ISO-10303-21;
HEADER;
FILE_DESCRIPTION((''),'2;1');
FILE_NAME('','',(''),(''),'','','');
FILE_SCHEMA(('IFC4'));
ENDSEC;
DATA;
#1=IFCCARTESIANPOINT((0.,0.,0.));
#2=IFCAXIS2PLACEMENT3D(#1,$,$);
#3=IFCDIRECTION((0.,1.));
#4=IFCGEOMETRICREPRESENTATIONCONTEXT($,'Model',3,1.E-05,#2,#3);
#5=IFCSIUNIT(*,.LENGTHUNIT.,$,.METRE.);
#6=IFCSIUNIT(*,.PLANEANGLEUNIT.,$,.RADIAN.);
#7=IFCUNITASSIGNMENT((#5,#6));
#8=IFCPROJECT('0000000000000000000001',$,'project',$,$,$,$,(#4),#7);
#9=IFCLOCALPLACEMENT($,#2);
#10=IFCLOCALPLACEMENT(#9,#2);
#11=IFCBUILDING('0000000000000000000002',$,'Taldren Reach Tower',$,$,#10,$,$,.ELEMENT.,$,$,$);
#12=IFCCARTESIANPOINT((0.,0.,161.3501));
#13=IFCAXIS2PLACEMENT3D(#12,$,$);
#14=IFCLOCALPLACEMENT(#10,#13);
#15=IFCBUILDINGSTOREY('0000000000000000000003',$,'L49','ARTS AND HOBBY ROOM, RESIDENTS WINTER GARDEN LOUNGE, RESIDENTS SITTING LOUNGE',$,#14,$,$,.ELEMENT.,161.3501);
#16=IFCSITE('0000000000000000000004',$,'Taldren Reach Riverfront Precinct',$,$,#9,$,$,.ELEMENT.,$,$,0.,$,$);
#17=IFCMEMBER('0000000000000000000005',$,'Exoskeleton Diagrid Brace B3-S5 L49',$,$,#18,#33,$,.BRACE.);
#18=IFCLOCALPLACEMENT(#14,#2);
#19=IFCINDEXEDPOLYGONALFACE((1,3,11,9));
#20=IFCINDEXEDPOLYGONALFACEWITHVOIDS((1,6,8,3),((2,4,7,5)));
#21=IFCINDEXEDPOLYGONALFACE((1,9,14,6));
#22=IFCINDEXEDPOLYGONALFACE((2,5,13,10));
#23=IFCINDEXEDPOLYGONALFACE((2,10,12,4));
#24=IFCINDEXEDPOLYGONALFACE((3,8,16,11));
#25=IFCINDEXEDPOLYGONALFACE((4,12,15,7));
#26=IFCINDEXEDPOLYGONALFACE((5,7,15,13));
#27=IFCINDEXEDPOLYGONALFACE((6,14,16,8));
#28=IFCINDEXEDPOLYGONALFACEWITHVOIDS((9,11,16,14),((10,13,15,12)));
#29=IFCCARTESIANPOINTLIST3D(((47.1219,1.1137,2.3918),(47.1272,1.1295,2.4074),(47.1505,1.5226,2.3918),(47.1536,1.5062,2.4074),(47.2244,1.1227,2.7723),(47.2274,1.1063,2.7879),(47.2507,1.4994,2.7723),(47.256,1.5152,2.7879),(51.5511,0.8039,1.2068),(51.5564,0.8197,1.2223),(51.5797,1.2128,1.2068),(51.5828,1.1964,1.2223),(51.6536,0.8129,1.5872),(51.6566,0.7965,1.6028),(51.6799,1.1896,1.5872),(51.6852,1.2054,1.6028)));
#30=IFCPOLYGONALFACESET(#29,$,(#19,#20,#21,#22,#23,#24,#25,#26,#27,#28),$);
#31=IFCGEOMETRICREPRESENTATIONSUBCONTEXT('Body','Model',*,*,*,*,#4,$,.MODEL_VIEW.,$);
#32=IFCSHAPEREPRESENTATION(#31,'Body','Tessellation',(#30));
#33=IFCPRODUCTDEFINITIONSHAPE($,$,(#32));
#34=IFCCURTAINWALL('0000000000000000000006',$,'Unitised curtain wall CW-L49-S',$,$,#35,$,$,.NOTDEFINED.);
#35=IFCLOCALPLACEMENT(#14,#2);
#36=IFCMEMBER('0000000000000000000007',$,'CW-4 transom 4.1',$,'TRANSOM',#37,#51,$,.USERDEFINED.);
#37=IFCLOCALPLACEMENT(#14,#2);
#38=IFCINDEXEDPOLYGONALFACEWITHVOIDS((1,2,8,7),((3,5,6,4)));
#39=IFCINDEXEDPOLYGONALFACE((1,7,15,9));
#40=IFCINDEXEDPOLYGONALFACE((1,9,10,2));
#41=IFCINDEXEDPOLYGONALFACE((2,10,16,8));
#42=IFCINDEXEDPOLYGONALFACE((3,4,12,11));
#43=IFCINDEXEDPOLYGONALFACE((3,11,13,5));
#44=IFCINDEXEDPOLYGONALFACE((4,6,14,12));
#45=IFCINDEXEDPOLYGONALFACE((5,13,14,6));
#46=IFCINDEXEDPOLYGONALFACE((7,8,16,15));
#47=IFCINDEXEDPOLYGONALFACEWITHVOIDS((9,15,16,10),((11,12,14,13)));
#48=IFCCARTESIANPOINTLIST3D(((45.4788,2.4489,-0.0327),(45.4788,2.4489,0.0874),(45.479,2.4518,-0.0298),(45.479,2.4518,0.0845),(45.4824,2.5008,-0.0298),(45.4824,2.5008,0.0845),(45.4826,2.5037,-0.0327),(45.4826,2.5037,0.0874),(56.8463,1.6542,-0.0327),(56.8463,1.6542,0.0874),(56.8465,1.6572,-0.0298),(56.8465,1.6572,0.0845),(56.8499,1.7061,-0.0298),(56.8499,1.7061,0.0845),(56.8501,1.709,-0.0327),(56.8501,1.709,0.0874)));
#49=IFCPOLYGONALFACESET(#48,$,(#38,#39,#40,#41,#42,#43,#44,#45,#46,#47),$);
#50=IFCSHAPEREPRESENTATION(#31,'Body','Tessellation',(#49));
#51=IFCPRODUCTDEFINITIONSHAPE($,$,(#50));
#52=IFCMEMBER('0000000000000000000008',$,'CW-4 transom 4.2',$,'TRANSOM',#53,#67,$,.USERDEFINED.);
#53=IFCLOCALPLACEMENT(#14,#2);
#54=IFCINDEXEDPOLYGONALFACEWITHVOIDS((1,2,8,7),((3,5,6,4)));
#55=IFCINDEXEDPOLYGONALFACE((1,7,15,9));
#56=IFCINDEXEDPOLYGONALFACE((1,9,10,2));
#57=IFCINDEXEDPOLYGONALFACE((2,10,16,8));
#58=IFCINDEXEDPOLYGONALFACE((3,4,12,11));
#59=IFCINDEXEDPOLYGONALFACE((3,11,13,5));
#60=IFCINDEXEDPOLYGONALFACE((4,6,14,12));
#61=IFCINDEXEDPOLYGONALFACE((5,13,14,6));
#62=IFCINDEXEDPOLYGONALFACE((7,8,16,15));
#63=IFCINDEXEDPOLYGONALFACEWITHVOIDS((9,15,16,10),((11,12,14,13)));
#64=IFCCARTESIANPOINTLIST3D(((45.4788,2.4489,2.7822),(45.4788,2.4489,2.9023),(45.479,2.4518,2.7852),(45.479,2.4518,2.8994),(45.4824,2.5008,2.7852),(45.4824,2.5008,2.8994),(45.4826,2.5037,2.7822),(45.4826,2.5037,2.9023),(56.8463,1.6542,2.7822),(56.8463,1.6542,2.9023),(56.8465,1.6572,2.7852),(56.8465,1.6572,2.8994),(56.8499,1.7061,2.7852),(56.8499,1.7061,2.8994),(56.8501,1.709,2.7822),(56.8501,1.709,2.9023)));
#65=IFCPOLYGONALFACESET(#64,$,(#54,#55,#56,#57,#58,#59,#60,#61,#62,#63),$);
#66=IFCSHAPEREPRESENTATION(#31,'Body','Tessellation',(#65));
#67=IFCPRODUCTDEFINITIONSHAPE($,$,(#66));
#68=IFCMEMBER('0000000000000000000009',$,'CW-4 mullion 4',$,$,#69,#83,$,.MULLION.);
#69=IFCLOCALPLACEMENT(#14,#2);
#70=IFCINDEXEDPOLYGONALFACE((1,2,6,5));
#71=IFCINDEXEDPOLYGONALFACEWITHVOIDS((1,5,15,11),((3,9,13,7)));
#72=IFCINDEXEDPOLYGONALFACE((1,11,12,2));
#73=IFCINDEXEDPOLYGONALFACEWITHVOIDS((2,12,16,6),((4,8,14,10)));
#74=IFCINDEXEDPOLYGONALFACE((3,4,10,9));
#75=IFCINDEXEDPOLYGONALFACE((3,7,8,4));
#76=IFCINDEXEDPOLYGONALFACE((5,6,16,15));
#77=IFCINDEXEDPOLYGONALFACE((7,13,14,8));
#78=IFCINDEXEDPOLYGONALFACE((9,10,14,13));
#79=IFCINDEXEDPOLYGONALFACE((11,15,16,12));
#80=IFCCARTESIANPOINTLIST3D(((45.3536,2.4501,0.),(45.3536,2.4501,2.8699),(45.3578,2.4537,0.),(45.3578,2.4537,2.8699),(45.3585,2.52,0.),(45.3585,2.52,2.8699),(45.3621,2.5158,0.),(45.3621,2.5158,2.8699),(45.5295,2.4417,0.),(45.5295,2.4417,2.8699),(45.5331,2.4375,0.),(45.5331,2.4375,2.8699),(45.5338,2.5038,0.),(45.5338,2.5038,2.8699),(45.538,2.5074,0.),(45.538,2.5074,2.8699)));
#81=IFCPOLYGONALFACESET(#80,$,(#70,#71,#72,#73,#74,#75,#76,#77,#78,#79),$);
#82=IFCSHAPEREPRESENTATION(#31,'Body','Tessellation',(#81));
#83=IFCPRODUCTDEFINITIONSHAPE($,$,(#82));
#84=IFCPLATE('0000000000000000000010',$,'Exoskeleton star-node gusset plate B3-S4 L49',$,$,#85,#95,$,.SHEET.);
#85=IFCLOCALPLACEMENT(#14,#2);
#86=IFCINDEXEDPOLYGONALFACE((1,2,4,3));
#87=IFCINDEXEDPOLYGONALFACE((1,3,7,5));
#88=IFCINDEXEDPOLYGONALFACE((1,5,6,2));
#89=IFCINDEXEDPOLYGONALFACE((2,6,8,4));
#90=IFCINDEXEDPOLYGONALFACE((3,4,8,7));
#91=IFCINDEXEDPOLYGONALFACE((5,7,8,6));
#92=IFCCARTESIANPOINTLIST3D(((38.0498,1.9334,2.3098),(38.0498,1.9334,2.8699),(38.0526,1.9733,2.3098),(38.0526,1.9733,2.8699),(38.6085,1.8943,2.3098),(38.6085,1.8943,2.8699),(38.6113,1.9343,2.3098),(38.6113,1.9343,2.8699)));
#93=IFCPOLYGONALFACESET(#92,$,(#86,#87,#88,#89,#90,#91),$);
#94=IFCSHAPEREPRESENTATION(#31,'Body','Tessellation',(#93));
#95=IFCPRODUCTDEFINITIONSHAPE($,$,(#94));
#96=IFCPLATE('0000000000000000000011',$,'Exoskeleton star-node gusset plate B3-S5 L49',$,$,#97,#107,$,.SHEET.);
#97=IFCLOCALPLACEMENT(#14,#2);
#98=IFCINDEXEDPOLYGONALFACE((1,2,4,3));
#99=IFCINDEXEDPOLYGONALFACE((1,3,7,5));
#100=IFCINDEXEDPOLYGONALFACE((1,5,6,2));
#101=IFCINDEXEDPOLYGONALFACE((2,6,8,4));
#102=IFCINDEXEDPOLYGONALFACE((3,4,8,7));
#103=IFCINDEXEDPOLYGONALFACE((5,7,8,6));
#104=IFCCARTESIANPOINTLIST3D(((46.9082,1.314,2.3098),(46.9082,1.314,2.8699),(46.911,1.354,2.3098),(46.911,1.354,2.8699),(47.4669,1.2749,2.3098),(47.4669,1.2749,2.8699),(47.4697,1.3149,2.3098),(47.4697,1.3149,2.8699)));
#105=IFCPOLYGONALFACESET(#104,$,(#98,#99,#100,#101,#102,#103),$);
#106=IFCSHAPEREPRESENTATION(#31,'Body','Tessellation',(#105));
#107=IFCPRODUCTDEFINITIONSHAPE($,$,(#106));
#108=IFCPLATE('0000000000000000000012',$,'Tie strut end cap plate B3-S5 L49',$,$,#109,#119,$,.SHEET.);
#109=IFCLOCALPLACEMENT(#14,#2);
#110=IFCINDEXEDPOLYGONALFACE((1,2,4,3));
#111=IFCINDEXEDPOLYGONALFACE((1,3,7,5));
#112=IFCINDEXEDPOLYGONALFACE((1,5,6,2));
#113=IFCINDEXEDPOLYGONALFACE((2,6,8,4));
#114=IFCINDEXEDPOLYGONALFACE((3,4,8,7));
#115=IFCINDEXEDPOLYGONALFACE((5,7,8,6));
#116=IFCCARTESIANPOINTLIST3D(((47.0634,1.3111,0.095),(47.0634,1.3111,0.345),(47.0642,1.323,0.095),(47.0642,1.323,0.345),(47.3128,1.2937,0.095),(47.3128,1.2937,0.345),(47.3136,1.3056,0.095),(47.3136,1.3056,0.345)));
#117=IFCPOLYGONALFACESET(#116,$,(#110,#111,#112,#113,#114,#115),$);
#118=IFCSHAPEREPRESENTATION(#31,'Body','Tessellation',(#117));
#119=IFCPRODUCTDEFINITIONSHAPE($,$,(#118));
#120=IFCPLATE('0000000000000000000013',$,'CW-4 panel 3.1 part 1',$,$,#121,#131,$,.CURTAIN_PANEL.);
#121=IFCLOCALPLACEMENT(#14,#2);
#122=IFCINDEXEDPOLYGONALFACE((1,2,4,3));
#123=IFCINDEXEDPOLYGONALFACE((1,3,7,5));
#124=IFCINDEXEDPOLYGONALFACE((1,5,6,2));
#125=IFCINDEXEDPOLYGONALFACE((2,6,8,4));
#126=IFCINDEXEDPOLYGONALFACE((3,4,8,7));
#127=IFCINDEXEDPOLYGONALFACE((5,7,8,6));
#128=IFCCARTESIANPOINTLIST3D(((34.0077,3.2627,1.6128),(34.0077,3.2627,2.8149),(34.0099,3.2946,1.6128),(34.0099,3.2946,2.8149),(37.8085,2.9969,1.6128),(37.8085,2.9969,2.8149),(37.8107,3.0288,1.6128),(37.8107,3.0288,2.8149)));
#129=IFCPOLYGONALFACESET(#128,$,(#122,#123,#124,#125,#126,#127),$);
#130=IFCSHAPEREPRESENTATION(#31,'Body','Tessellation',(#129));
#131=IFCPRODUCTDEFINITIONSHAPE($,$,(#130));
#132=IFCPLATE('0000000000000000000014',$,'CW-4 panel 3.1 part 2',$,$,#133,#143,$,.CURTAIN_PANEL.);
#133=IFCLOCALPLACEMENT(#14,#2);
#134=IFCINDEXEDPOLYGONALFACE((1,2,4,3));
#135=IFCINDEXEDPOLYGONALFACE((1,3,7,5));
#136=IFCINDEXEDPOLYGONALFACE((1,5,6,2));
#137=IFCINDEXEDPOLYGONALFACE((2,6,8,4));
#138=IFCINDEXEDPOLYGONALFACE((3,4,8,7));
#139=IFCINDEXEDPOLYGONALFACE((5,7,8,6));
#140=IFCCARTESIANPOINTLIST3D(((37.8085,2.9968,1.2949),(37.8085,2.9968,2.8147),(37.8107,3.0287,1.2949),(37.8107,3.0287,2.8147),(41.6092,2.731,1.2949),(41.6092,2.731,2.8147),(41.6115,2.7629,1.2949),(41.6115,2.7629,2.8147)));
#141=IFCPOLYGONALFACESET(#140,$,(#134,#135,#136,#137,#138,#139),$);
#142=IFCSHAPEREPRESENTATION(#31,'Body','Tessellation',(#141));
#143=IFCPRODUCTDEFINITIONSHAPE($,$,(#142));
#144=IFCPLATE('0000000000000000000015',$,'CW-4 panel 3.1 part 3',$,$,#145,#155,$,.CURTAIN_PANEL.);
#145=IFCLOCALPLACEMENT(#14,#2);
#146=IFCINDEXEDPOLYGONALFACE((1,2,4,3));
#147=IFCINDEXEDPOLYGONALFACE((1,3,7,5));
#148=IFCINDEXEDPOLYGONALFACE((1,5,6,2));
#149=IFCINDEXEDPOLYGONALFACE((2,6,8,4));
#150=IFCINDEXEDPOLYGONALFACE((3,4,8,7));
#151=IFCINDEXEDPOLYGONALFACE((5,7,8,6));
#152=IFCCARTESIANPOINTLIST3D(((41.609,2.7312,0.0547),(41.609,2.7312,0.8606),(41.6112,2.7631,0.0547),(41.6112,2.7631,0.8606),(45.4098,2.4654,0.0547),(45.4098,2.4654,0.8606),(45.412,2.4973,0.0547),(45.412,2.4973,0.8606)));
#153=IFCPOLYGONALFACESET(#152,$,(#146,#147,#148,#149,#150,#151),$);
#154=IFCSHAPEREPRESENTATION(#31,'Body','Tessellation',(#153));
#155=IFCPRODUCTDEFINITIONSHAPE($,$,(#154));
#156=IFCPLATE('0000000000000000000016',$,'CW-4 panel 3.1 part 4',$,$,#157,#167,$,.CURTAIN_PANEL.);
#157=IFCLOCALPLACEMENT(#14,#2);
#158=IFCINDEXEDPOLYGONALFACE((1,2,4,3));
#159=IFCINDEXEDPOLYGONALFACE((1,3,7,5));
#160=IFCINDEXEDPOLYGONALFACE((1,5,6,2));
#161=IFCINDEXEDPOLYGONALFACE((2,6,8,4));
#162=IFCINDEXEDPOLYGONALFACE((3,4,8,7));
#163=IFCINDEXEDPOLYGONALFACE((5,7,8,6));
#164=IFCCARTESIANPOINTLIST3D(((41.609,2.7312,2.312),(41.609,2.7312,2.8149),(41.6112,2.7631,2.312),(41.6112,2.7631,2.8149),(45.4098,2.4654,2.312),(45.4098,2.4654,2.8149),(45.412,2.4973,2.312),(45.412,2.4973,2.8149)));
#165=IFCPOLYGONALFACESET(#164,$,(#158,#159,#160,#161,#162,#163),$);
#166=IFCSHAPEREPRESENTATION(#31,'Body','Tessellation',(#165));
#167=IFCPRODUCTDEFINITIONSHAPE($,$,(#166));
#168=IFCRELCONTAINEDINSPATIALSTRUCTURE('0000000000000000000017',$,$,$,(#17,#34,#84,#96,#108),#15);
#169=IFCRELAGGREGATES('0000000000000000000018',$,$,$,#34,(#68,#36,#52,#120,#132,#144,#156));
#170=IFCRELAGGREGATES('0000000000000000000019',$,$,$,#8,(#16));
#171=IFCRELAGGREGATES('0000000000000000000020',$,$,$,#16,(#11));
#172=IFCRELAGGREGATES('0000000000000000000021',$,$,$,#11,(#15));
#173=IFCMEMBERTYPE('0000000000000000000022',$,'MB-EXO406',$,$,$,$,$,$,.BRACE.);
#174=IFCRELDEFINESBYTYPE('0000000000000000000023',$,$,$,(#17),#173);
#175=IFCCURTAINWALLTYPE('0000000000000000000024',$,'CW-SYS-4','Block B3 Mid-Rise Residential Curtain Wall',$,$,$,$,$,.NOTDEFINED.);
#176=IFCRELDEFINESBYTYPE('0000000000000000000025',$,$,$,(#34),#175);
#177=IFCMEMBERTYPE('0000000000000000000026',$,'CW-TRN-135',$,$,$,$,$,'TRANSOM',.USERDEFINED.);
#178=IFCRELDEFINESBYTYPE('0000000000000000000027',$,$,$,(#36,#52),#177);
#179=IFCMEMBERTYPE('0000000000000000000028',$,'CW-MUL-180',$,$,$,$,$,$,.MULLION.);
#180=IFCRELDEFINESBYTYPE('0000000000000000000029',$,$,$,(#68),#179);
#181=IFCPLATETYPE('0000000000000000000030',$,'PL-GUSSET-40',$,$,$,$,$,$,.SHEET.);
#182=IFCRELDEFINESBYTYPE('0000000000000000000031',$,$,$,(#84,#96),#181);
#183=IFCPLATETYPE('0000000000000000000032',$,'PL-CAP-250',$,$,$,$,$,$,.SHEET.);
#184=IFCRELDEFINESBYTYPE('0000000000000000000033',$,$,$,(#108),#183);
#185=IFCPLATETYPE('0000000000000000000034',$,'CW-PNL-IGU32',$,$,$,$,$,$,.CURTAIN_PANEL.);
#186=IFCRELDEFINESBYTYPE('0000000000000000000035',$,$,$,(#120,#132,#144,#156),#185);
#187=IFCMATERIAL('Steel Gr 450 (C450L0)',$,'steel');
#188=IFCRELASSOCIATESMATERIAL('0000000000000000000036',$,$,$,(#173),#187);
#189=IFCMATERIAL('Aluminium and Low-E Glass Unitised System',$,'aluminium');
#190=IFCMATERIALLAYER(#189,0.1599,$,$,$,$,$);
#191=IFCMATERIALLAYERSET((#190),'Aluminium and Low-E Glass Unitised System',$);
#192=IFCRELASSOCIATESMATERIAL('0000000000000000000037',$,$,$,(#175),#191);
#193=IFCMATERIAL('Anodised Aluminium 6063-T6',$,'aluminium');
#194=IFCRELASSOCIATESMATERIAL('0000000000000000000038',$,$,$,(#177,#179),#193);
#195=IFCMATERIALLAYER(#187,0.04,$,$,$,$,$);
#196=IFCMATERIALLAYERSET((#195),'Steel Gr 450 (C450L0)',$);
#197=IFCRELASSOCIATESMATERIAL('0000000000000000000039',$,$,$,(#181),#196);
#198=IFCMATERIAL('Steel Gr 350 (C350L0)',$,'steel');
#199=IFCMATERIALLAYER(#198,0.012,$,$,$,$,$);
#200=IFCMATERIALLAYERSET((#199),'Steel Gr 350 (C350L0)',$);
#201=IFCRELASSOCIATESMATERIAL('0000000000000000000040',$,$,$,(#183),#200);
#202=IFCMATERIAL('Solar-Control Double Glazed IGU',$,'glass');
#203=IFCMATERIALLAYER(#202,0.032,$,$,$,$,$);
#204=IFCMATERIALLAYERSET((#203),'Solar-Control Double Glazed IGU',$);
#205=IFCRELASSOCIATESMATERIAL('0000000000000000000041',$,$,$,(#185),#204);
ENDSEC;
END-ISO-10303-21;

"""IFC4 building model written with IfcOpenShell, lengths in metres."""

from ifc_helpers import new_model, si_unit, direction, frame, origin, origin_2d, place, context, subcontext, project, spatial, rectangle, hollow_rectangle, extrude, source, transform, mapped, material, layer, layer_set, material_profile, profile_set, type_object, element, aggregate, save


model = new_model("IFC4")

# Units and contexts
model_context = context("Model", 3, precision=1e-05, world=origin(), true_north=direction((0.0, 1.0)))
body_context = subcontext(model_context, "Body", "Model", "MODEL_VIEW")
ifc_project = project(units=[si_unit("LENGTHUNIT", "METRE"), si_unit("PLANEANGLEUNIT", "RADIAN")], contexts=[model_context])

# Site, building, storey
site_placement = place(None, origin())
site = spatial("IfcSite", under=ifc_project, at=site_placement, Name="Taldren Reach Riverfront Precinct", CompositionType="ELEMENT", RefElevation=0.0)
building_placement = place(site_placement, origin())
building = spatial("IfcBuilding", under=site, at=building_placement, Name="Taldren Reach Tower", CompositionType="ELEMENT")
storey_placement = place(building_placement, frame((0.0, 0.0, 161.3501)))
storey = spatial("IfcBuildingStorey", under=building, at=storey_placement, Name="L49", Description="ARTS AND HOBBY ROOM, RESIDENTS WINTER GARDEN LOUNGE, RESIDENTS SITTING LOUNGE", CompositionType="ELEMENT", Elevation=161.3501)

# Shared definitions
ifc_material_1 = material(Name="Steel Gr 450 (C450L0)", Category="steel")
ifc_material_2 = material(Name="Steel Gr 350 (C350L0)", Category="steel")

# Member
ifc_material_profile_1 = material_profile(ifc_material_1, hollow_rectangle(XDim=0.4099, YDim=0.4099, WallThickness=0.0161, at=origin_2d()), Name="410x410x16.0SHS")
ifc_profile_set_1 = profile_set([ifc_material_profile_1], Name="Steel Gr 450 (C450L0)")
member_type_1 = type_object("IfcMemberType", Name="MB-EXO406", PredefinedType="BRACE", material=ifc_profile_set_1)
shared_shape_1 = source(origin(), body_context, "Body", "SweptSolid", [
    extrude(hollow_rectangle(XDim=0.4099, YDim=0.4099, WallThickness=0.0161, at=origin_2d()), origin(), (0.0, 0.0, 1.0), 4.5955),
])
for number, where, z_axis, x_axis, name in (
    (1, (51.6182, 1.0046, 1.4048), (-0.963823, 0.067418, 0.257877), (-0.069778, -0.997563, 0.0), "Exoskeleton Diagrid Brace B3-S5 L49"),
):
    element("IfcMember", number, at=place(storey_placement, frame(where, z_axis=z_axis, x_axis=x_axis)), inside=storey, type_object=member_type_1, Name=name, PredefinedType="BRACE", context=body_context, shape_type="MappedRepresentation", body=[
        mapped(shared_shape_1, transform((0.0, 0.0, 0.0), scale=1.0)),
    ])

# Curtain wall, members
ifc_material_3 = material(Name="Aluminium and Low-E Glass Unitised System", Category="aluminium")
ifc_layer_1 = layer(ifc_material_3, 0.1599)
ifc_layer_set_1 = layer_set([ifc_layer_1], Name="Aluminium and Low-E Glass Unitised System")
curtain_wall_type = type_object("IfcCurtainWallType", Name="CW-SYS-4", Description="Block B3 Mid-Rise Residential Curtain Wall", PredefinedType="NOTDEFINED", material=ifc_layer_set_1)
curtain_wall_placement = place(storey_placement, origin())
curtain_wall = element("IfcCurtainWall", 2, at=curtain_wall_placement, inside=storey, type_object=curtain_wall_type, Name="Unitised curtain wall CW-L49-S", PredefinedType="NOTDEFINED")
ifc_material_4 = material(Name="Anodised Aluminium 6063-T6", Category="aluminium")
ifc_material_profile_2 = material_profile(ifc_material_4, hollow_rectangle(XDim=0.0549, YDim=0.1201, WallThickness=0.0029, at=origin_2d()), Name="ALU-120x55x3RHS")
ifc_profile_set_2 = profile_set([ifc_material_profile_2], Name="Anodised Aluminium 6063-T6")
member_type_2 = type_object("IfcMemberType", Name="CW-TRN-135", ElementType="TRANSOM", PredefinedType="USERDEFINED", material=ifc_profile_set_2)
shared_shape_2 = source(origin(), body_context, "Body", "SweptSolid", [
    extrude(hollow_rectangle(XDim=0.0549, YDim=0.1201, WallThickness=0.0029, at=origin_2d()), origin(), (0.0, 0.0, 1.0), 11.3953),
])
member_1_placement = place(storey_placement, frame((45.4807, 2.4763, 0.0273), z_axis=(0.997565, -0.069738, 0.0), x_axis=(0.069738, 0.997565, 0.0)))
member_1 = element("IfcMember", 3, at=member_1_placement, type_object=member_type_2, Name="CW-4 transom 4.1", ObjectType="TRANSOM", PredefinedType="USERDEFINED", context=body_context, shape_type="MappedRepresentation", body=[
    mapped(shared_shape_2, transform((0.0, 0.0, 0.0), scale=1.0)),
])
member_2_placement = place(storey_placement, frame((45.4807, 2.4763, 2.8423), z_axis=(0.997565, -0.069738, 0.0), x_axis=(0.069738, 0.997565, 0.0)))
member_2 = element("IfcMember", 4, at=member_2_placement, type_object=member_type_2, Name="CW-4 transom 4.2", ObjectType="TRANSOM", PredefinedType="USERDEFINED", context=body_context, shape_type="MappedRepresentation", body=[
    mapped(shared_shape_2, transform((0.0, 0.0, 0.0), scale=1.0)),
])
ifc_material_profile_3 = material_profile(ifc_material_4, hollow_rectangle(XDim=0.0701, YDim=0.1799, WallThickness=0.0039, at=origin_2d()), Name="ALU-180x70x4RHS")
ifc_profile_set_3 = profile_set([ifc_material_profile_3], Name="Anodised Aluminium 6063-T6")
member_type_3 = type_object("IfcMemberType", Name="CW-MUL-180", PredefinedType="MULLION", material=ifc_profile_set_3)
shared_shape_3 = source(origin(), body_context, "Body", "SweptSolid", [
    extrude(hollow_rectangle(XDim=0.0701, YDim=0.1799, WallThickness=0.0039, at=origin_2d()), origin(), (0.0, 0.0, 1.0), 2.8699),
])
member_3_placement = place(storey_placement, frame((45.4458, 2.4788, 0.0), z_axis=(0.0, 0.0, 1.0), x_axis=(0.069757, 0.997564, 0.0)))
member_3 = element("IfcMember", 5, at=member_3_placement, type_object=member_type_3, Name="CW-4 mullion 4", PredefinedType="MULLION", context=body_context, shape_type="MappedRepresentation", body=[
    mapped(shared_shape_3, transform((0.0, 0.0, 0.0), scale=1.0)),
])

# Plates
ifc_layer_2 = layer(ifc_material_1, 0.04)
ifc_layer_set_2 = layer_set([ifc_layer_2], Name="Steel Gr 450 (C450L0)")
plate_type_1 = type_object("IfcPlateType", Name="PL-GUSSET-40", PredefinedType="SHEET", material=ifc_layer_set_2)
shared_shape_4 = source(origin(), body_context, "Body", "SweptSolid", [
    extrude(rectangle(XDim=0.5601, YDim=0.04, at=origin_2d()), origin(), (0.0, 0.0, 1.0), 0.5601),
])
for number, where, z_axis, x_axis, name in (
    (6, (38.3306, 1.9338, 2.3098), (0.0, 0.0, 1.0), (0.997564, -0.069756, 0.0), "Exoskeleton star-node gusset plate B3-S4 L49"),
    (7, (47.189, 1.3145, 2.3098), (0.0, 0.0, 1.0), (0.997564, -0.069756, 0.0), "Exoskeleton star-node gusset plate B3-S5 L49"),
):
    element("IfcPlate", number, at=place(storey_placement, frame(where, z_axis=z_axis, x_axis=x_axis)), inside=storey, type_object=plate_type_1, Name=name, PredefinedType="SHEET", context=body_context, shape_type="MappedRepresentation", body=[
        mapped(shared_shape_4, transform((0.0, 0.0, 0.0), scale=1.0)),
    ])
ifc_layer_3 = layer(ifc_material_2, 0.012)
ifc_layer_set_3 = layer_set([ifc_layer_3], Name="Steel Gr 350 (C350L0)")
plate_type_2 = type_object("IfcPlateType", Name="PL-CAP-250", PredefinedType="SHEET", material=ifc_layer_set_3)
shared_shape_5 = source(origin(), body_context, "Body", "SweptSolid", [
    extrude(rectangle(XDim=0.25, YDim=0.012, at=origin_2d()), origin(), (0.0, 0.0, 1.0), 0.25),
])
plate_1_placement = place(storey_placement, frame((47.1885, 1.3083, 0.095), z_axis=(0.0, 0.0, 1.0), x_axis=(0.997564, -0.069756, 0.0)))
element("IfcPlate", 8, at=plate_1_placement, inside=storey, type_object=plate_type_2, Name="Tie strut end cap plate B3-S5 L49", PredefinedType="SHEET", context=body_context, shape_type="MappedRepresentation", body=[
    mapped(shared_shape_5, transform((0.0, 0.0, 0.0), scale=1.0)),
])

# Plates
ifc_material_5 = material(Name="Solar-Control Double Glazed IGU", Category="glass")
ifc_layer_4 = layer(ifc_material_5, 0.032)
ifc_layer_set_4 = layer_set([ifc_layer_4], Name="Solar-Control Double Glazed IGU")
plate_type_3 = type_object("IfcPlateType", Name="CW-PNL-IGU32", PredefinedType="CURTAIN_PANEL", material=ifc_layer_set_4)
shared_shape_6 = source(origin(), body_context, "Body", "SweptSolid", [
    extrude(rectangle(XDim=3.8101, YDim=0.032, at=origin_2d()), origin(), (0.0, 0.0, 1.0), 1.2021),
])
plate_2_placement = place(storey_placement, frame((35.9092, 3.1458, 1.6128), z_axis=(0.0, 0.0, 1.0), x_axis=(0.997564, -0.069757, 0.0)))
plate_2 = element("IfcPlate", 9, at=plate_2_placement, type_object=plate_type_3, Name="CW-4 panel 3.1 part 1", PredefinedType="CURTAIN_PANEL", context=body_context, shape_type="MappedRepresentation", body=[
    mapped(shared_shape_6, transform((0.0, 0.0, 0.0), scale=1.0)),
])
shared_shape_7 = source(origin(), body_context, "Body", "SweptSolid", [
    extrude(rectangle(XDim=3.8101, YDim=0.032, at=origin_2d()), origin(), (0.0, 0.0, 1.0), 1.5198),
])
plate_3_placement = place(storey_placement, frame((39.71, 2.8799, 1.2949), z_axis=(0.0, 0.0, 1.0), x_axis=(0.997564, -0.069757, 0.0)))
plate_3 = element("IfcPlate", 10, at=plate_3_placement, type_object=plate_type_3, Name="CW-4 panel 3.1 part 2", PredefinedType="CURTAIN_PANEL", context=body_context, shape_type="MappedRepresentation", body=[
    mapped(shared_shape_7, transform((0.0, 0.0, 0.0), scale=1.0)),
])
shared_shape_8 = source(origin(), body_context, "Body", "SweptSolid", [
    extrude(rectangle(XDim=3.8101, YDim=0.032, at=origin_2d()), origin(), (0.0, 0.0, 1.0), 0.8059),
])
plate_4_placement = place(storey_placement, frame((43.5105, 2.6143, 0.0547), z_axis=(0.0, 0.0, 1.0), x_axis=(0.997564, -0.069757, 0.0)))
plate_4 = element("IfcPlate", 11, at=plate_4_placement, type_object=plate_type_3, Name="CW-4 panel 3.1 part 3", PredefinedType="CURTAIN_PANEL", context=body_context, shape_type="MappedRepresentation", body=[
    mapped(shared_shape_8, transform((0.0, 0.0, 0.0), scale=1.0)),
])
shared_shape_9 = source(origin(), body_context, "Body", "SweptSolid", [
    extrude(rectangle(XDim=3.8101, YDim=0.032, at=origin_2d()), origin(), (0.0, 0.0, 1.0), 0.5029),
])
plate_5_placement = place(storey_placement, frame((43.5105, 2.6143, 2.312), z_axis=(0.0, 0.0, 1.0), x_axis=(0.997564, -0.069757, 0.0)))
plate_5 = element("IfcPlate", 12, at=plate_5_placement, type_object=plate_type_3, Name="CW-4 panel 3.1 part 4", PredefinedType="CURTAIN_PANEL", context=body_context, shape_type="MappedRepresentation", body=[
    mapped(shared_shape_9, transform((0.0, 0.0, 0.0), scale=1.0)),
])
aggregate(curtain_wall, [member_3, member_1, member_2, plate_2, plate_3, plate_4, plate_5])

save(model, "model.ifc")
